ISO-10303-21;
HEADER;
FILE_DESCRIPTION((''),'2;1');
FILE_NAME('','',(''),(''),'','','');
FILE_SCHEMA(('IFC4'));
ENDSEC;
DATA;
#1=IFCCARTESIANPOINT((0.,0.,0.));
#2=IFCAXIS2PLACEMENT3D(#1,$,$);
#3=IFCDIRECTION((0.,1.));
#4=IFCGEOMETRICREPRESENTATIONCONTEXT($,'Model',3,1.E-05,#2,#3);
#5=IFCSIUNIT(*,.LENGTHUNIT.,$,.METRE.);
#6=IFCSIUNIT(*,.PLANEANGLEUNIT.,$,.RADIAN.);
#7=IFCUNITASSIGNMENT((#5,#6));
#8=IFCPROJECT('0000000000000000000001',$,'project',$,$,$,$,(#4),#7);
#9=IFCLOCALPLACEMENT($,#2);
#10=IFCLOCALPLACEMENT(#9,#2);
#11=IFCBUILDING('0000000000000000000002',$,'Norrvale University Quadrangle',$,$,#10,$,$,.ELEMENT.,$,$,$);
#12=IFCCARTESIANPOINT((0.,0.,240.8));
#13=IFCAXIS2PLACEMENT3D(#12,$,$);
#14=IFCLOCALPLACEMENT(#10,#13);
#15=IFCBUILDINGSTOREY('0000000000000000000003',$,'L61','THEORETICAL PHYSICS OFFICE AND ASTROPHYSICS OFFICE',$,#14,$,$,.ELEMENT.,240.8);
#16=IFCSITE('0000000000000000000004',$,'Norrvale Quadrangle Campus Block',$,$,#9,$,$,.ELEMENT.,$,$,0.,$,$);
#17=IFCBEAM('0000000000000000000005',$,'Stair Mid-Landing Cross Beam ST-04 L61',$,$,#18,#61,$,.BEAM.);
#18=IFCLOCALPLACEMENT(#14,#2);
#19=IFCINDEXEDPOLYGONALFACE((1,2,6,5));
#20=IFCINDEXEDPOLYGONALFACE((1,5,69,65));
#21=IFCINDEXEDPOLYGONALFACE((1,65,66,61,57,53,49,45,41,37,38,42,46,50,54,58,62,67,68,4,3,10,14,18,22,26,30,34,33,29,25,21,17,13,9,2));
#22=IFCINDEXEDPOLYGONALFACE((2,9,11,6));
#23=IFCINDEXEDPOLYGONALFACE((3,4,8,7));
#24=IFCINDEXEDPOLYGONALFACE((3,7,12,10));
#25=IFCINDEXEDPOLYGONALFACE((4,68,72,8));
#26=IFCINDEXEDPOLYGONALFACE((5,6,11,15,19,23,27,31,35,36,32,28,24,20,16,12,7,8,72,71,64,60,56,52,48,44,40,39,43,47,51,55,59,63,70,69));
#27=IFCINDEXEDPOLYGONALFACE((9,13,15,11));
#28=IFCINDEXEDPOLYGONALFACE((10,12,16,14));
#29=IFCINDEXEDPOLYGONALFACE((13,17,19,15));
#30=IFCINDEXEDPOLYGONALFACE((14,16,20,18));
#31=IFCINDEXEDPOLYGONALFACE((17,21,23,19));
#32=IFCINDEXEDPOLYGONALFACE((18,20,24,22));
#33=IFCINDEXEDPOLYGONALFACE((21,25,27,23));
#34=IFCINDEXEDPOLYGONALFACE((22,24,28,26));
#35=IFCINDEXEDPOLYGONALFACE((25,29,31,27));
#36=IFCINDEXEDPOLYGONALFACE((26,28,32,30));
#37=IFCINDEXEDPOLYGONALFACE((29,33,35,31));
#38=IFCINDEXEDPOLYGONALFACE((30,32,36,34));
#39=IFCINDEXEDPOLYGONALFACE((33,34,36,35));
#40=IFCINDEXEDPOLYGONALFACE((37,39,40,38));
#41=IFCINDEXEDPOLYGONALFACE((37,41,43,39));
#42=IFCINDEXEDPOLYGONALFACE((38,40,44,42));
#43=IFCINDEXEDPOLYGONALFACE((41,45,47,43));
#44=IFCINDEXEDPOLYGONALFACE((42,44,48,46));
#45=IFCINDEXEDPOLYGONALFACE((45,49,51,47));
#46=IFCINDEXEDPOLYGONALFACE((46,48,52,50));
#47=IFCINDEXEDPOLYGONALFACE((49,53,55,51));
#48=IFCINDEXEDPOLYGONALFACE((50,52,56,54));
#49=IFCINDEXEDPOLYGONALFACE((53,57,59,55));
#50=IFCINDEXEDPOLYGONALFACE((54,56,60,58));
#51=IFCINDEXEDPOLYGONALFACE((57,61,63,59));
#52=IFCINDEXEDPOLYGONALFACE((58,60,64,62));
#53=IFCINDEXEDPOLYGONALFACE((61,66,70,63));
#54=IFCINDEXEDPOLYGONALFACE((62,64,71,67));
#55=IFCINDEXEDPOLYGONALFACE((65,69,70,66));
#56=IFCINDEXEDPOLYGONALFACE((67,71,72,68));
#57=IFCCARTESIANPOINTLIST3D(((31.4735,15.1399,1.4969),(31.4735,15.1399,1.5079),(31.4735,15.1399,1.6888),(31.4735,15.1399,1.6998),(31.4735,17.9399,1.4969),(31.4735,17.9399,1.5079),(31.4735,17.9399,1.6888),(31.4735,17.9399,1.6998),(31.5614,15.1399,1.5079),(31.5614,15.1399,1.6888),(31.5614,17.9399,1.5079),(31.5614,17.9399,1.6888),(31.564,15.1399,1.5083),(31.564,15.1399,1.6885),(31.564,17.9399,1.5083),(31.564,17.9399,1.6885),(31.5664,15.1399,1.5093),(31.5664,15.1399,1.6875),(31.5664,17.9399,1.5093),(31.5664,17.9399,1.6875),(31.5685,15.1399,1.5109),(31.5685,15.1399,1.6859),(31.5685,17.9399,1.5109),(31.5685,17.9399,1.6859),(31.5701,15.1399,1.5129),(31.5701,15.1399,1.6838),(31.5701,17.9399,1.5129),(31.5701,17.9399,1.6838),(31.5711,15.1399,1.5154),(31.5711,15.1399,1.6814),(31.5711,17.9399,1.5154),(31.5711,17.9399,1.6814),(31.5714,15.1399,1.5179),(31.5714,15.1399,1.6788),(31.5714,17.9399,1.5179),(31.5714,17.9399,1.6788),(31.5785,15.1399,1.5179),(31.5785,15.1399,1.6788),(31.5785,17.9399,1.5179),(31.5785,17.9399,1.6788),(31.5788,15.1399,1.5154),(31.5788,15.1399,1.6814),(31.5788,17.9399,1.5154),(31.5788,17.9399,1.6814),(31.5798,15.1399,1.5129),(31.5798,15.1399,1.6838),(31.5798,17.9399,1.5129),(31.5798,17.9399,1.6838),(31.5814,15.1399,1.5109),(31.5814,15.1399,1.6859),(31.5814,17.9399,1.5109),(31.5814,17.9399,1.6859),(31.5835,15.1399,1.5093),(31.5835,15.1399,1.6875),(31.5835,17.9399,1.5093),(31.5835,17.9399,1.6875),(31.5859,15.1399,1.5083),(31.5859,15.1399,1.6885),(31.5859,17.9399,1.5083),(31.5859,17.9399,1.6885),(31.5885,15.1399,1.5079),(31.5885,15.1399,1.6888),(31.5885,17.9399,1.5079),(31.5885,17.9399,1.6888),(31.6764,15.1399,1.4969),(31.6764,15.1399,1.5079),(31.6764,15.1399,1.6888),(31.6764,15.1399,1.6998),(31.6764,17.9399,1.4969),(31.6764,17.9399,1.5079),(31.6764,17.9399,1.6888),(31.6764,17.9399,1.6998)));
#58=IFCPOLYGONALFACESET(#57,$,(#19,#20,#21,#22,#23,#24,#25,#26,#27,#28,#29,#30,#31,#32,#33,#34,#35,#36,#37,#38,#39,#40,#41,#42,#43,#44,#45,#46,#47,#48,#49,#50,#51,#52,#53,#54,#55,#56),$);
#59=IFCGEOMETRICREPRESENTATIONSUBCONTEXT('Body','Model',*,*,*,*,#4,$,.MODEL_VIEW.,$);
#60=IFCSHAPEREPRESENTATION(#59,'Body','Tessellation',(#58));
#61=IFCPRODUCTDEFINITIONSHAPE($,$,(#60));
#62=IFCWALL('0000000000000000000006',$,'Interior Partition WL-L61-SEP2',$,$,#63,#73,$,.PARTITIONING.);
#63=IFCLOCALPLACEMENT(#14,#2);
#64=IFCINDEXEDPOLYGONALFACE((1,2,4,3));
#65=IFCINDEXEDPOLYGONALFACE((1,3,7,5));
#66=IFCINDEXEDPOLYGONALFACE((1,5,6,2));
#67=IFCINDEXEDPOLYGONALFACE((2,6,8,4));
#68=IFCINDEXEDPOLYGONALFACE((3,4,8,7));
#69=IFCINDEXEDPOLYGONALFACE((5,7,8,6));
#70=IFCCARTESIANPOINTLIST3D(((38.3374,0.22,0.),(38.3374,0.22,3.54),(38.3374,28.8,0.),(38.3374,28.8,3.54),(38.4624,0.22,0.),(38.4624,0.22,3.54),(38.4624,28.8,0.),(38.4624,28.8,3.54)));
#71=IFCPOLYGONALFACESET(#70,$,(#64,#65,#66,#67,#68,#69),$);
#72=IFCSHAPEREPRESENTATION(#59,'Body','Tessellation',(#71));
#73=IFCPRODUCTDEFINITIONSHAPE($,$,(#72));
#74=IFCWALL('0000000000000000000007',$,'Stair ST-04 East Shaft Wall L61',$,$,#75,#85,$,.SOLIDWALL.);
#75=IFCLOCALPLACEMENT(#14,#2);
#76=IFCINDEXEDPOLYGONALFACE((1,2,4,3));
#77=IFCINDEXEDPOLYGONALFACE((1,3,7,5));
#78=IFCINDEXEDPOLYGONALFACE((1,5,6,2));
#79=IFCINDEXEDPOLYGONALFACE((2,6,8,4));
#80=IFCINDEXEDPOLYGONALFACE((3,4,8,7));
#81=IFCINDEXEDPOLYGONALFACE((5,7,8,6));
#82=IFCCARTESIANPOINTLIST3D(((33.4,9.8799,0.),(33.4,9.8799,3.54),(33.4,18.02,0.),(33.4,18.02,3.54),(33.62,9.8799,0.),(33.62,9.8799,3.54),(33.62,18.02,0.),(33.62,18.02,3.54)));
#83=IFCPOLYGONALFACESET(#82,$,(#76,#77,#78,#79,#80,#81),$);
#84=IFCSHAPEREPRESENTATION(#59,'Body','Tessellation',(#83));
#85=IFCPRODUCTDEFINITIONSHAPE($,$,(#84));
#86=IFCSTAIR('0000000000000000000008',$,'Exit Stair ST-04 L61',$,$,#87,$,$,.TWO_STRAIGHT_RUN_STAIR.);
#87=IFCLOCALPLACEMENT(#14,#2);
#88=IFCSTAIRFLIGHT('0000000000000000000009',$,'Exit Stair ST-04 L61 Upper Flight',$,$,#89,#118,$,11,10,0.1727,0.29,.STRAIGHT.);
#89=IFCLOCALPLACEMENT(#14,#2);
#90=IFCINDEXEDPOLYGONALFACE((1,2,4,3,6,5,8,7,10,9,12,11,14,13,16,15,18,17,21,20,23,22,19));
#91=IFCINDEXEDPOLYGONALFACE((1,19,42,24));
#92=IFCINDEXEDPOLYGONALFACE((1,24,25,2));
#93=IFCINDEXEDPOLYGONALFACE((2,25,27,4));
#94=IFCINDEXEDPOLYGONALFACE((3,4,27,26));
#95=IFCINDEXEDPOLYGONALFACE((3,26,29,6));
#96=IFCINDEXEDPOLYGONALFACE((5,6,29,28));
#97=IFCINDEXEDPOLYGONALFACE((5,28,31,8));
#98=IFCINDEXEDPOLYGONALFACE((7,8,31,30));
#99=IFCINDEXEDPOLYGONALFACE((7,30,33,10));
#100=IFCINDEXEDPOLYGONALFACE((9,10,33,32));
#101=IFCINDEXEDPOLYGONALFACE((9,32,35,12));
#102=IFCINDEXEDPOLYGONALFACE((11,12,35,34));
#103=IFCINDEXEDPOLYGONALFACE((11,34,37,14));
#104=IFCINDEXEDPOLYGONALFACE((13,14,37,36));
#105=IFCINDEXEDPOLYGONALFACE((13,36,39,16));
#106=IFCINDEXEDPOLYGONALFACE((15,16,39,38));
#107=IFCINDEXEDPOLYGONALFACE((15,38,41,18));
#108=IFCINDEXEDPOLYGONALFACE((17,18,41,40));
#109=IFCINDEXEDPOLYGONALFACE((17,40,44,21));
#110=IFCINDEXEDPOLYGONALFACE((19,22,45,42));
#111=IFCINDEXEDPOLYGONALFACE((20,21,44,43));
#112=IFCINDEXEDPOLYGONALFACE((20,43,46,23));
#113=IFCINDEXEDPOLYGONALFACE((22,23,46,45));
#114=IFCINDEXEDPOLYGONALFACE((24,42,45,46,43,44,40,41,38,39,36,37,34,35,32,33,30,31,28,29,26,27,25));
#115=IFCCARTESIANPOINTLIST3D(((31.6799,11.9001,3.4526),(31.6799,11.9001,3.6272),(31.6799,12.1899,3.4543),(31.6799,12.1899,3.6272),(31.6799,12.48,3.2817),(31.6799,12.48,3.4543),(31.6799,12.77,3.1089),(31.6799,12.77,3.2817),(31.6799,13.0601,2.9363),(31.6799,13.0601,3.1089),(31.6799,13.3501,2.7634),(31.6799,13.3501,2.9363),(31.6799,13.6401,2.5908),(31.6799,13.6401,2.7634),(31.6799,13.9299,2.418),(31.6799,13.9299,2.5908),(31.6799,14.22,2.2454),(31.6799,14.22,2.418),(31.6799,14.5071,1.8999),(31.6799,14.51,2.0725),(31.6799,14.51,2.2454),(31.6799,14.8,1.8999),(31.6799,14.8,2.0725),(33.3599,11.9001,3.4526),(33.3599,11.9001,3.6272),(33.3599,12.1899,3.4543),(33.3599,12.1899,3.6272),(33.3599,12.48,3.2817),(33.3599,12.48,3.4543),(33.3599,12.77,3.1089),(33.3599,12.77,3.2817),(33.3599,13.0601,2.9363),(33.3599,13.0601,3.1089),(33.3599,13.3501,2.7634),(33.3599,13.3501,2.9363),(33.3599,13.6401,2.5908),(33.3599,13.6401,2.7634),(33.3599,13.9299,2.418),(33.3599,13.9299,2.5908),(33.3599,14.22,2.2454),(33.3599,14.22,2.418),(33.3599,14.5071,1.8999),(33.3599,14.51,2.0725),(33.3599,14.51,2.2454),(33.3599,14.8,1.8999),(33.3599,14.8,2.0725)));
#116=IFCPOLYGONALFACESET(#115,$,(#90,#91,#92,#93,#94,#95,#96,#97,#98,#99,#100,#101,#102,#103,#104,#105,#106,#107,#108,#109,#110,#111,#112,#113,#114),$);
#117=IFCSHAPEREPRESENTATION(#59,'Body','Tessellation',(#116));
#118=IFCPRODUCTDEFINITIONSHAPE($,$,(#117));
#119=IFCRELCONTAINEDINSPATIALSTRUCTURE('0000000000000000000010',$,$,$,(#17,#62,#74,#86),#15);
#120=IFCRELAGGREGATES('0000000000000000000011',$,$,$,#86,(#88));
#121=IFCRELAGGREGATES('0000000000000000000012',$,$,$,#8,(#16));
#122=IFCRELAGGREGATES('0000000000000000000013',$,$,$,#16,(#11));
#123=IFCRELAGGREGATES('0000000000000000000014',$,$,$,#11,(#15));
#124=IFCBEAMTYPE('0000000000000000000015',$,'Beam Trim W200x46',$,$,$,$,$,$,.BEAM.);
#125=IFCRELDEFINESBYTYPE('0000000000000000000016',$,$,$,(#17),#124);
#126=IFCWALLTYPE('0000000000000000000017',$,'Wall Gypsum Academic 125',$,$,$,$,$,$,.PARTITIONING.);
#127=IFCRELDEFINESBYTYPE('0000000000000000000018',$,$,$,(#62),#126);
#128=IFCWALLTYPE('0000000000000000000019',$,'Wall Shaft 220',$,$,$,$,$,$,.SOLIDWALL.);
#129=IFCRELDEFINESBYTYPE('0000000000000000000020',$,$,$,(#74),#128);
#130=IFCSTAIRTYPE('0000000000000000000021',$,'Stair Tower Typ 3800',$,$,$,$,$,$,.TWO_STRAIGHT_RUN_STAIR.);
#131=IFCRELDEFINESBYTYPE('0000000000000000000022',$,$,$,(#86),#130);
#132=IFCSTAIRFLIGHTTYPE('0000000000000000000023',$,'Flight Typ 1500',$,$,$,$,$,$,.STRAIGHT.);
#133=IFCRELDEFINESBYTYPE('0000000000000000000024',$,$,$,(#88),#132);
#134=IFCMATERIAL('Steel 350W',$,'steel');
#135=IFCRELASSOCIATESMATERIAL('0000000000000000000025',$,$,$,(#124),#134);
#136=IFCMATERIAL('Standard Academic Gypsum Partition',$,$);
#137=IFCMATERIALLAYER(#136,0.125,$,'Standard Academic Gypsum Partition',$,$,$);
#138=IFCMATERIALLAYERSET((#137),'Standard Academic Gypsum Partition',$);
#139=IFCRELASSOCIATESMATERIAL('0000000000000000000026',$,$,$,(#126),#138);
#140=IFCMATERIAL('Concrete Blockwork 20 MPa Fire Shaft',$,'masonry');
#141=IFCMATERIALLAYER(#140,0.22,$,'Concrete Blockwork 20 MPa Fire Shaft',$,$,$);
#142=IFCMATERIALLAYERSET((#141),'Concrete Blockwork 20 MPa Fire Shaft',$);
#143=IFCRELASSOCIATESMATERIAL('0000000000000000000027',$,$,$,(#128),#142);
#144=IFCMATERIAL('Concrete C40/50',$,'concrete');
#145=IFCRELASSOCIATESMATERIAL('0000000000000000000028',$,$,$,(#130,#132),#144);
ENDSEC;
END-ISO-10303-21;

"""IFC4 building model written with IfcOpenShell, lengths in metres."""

from ifc_helpers import new_model, si_unit, direction, frame, frame_2d, origin, origin_2d, place, context, subcontext, project, spatial, polyline, rectangle, i_section, outline, extrude, material, layer, layer_set, material_profile, profile_set, type_object, element, aggregate, save


model = new_model("IFC4")

# Units and contexts
model_context = context("Model", 3, precision=1e-05, world=origin(), true_north=direction((0.0, 1.0)))
body_context = subcontext(model_context, "Body", "Model", "MODEL_VIEW")
ifc_project = project(units=[si_unit("LENGTHUNIT", "METRE"), si_unit("PLANEANGLEUNIT", "RADIAN")], contexts=[model_context])

# Site, building, storey
site_placement = place(None, origin())
site = spatial("IfcSite", under=ifc_project, at=site_placement, Name="Norrvale Quadrangle Campus Block", CompositionType="ELEMENT", RefElevation=0.0)
building_placement = place(site_placement, origin())
building = spatial("IfcBuilding", under=site, at=building_placement, Name="Norrvale University Quadrangle", CompositionType="ELEMENT")
storey_placement = place(building_placement, frame((0.0, 0.0, 240.8)))
storey = spatial("IfcBuildingStorey", under=building, at=storey_placement, Name="L61", Description="THEORETICAL PHYSICS OFFICE AND ASTROPHYSICS OFFICE", CompositionType="ELEMENT", Elevation=240.8)

# Beam
ifc_material_1 = material(Name="Steel 350W", Category="steel")
ifc_material_profile_1 = material_profile(ifc_material_1, i_section(OverallWidth=0.2029, OverallDepth=0.2029, WebThickness=0.0071, FlangeThickness=0.011, FilletRadius=0.01, at=origin_2d()), Name="Steel 350W")
ifc_profile_set_1 = profile_set([ifc_material_profile_1], Name="Steel 350W")
beam_type_1 = type_object("IfcBeamType", Name="Beam Trim W200x46", PredefinedType="BEAM", material=ifc_profile_set_1)
beam_1_placement = place(storey_placement, frame((31.575, 15.1399, 1.5984), z_axis=(0.0, 1.0, 0.0), x_axis=(-1.0, 0.0, 0.0)))
element("IfcBeam", 1, at=beam_1_placement, inside=storey, type_object=beam_type_1, Name="Stair Mid-Landing Cross Beam ST-04 L61", PredefinedType="BEAM", context=body_context, shape_type="SweptSolid", body=[
    extrude(i_section(OverallWidth=0.2029, OverallDepth=0.2029, WebThickness=0.0071, FlangeThickness=0.011, FilletRadius=0.01, at=origin_2d()), origin(), (0.0, 0.0, 1.0), 2.8),
])

# Walls
ifc_material_2 = material(Name="Standard Academic Gypsum Partition")
ifc_layer_1 = layer(ifc_material_2, 0.125, Name="Standard Academic Gypsum Partition")
ifc_layer_set_1 = layer_set([ifc_layer_1], Name="Standard Academic Gypsum Partition")
wall_type_1 = type_object("IfcWallType", Name="Wall Gypsum Academic 125", PredefinedType="PARTITIONING", material=ifc_layer_set_1)
wall_1_placement = place(storey_placement, frame((38.3999, 0.22, 0.0), z_axis=(0.0, 0.0, 1.0), x_axis=(0.0, 1.0, 0.0)))
element("IfcWall", 2, at=wall_1_placement, inside=storey, type_object=wall_type_1, Name="Interior Partition WL-L61-SEP2", PredefinedType="PARTITIONING", context=body_context, shape_type="SweptSolid", body=[
    extrude(rectangle(XDim=28.5801, YDim=0.125, at=frame_2d((14.29, 0.0))), origin(), (0.0, 0.0, 1.0), 3.54),
])
ifc_material_3 = material(Name="Concrete Blockwork 20 MPa Fire Shaft", Category="masonry")
ifc_layer_2 = layer(ifc_material_3, 0.22, Name="Concrete Blockwork 20 MPa Fire Shaft")
ifc_layer_set_2 = layer_set([ifc_layer_2], Name="Concrete Blockwork 20 MPa Fire Shaft")
wall_type_2 = type_object("IfcWallType", Name="Wall Shaft 220", PredefinedType="SOLIDWALL", material=ifc_layer_set_2)
wall_2_placement = place(storey_placement, frame((33.51, 9.8799, 0.0), z_axis=(0.0, 0.0, 1.0), x_axis=(0.0, 1.0, 0.0)))
element("IfcWall", 3, at=wall_2_placement, inside=storey, type_object=wall_type_2, Name="Stair ST-04 East Shaft Wall L61", PredefinedType="SOLIDWALL", context=body_context, shape_type="SweptSolid", body=[
    extrude(rectangle(XDim=8.1401, YDim=0.22, at=frame_2d((4.0701, 0.0))), origin(), (0.0, 0.0, 1.0), 3.54),
])

# Stair, stair flight
ifc_material_4 = material(Name="Concrete C40/50", Category="concrete")
stair_type = type_object("IfcStairType", Name="Stair Tower Typ 3800", PredefinedType="TWO_STRAIGHT_RUN_STAIR", material=ifc_material_4)
stair_placement = place(storey_placement, origin())
stair = element("IfcStair", 4, at=stair_placement, inside=storey, type_object=stair_type, Name="Exit Stair ST-04 L61", PredefinedType="TWO_STRAIGHT_RUN_STAIR")
stair_flight_type = type_object("IfcStairFlightType", Name="Flight Typ 1500", PredefinedType="STRAIGHT", material=ifc_material_4)
stair_flight_placement = place(storey_placement, frame((32.52, 14.8, 1.8999), z_axis=(0.0, 0.0, 1.0), x_axis=(0.0, -1.0, 0.0)))
stair_flight = element("IfcStairFlight", 5, at=stair_flight_placement, type_object=stair_flight_type, Name="Exit Stair ST-04 L61 Upper Flight", NumberOfRisers=11, NumberOfTreads=10, PredefinedType="STRAIGHT", RiserHeight=0.1727, TreadLength=0.29, context=body_context, shape_type="SweptSolid", body=[
    extrude(outline(polyline([(0.0, 0.0), (0.0, 0.1726), (0.29, 0.1726), (0.29, 0.3455), (0.5801, 0.3455), (0.5801, 0.5181), (0.8701, 0.5181), (0.8701, 0.6909), (1.1599, 0.6909), (1.1599, 0.8635), (1.45, 0.8635), (1.45, 1.0364), (1.74, 1.0364), (1.74, 1.209), (2.03, 1.209), (2.03, 1.3818), (2.3201, 1.3818), (2.3201, 1.5544), (2.6101, 1.5544), (2.6101, 1.7273), (2.8999, 1.7273), (2.8999, 1.8999), (2.8999, 1.5527), (0.293, 0.0), (0.0, 0.0)])), frame((0.0, 0.8398, 0.0), z_axis=(0.0, -1.0, 0.0), x_axis=(1.0, 0.0, 0.0)), (0.0, 0.0, 1.0), 1.6799),
])
aggregate(stair, [stair_flight])

save(model, "model.ifc")
